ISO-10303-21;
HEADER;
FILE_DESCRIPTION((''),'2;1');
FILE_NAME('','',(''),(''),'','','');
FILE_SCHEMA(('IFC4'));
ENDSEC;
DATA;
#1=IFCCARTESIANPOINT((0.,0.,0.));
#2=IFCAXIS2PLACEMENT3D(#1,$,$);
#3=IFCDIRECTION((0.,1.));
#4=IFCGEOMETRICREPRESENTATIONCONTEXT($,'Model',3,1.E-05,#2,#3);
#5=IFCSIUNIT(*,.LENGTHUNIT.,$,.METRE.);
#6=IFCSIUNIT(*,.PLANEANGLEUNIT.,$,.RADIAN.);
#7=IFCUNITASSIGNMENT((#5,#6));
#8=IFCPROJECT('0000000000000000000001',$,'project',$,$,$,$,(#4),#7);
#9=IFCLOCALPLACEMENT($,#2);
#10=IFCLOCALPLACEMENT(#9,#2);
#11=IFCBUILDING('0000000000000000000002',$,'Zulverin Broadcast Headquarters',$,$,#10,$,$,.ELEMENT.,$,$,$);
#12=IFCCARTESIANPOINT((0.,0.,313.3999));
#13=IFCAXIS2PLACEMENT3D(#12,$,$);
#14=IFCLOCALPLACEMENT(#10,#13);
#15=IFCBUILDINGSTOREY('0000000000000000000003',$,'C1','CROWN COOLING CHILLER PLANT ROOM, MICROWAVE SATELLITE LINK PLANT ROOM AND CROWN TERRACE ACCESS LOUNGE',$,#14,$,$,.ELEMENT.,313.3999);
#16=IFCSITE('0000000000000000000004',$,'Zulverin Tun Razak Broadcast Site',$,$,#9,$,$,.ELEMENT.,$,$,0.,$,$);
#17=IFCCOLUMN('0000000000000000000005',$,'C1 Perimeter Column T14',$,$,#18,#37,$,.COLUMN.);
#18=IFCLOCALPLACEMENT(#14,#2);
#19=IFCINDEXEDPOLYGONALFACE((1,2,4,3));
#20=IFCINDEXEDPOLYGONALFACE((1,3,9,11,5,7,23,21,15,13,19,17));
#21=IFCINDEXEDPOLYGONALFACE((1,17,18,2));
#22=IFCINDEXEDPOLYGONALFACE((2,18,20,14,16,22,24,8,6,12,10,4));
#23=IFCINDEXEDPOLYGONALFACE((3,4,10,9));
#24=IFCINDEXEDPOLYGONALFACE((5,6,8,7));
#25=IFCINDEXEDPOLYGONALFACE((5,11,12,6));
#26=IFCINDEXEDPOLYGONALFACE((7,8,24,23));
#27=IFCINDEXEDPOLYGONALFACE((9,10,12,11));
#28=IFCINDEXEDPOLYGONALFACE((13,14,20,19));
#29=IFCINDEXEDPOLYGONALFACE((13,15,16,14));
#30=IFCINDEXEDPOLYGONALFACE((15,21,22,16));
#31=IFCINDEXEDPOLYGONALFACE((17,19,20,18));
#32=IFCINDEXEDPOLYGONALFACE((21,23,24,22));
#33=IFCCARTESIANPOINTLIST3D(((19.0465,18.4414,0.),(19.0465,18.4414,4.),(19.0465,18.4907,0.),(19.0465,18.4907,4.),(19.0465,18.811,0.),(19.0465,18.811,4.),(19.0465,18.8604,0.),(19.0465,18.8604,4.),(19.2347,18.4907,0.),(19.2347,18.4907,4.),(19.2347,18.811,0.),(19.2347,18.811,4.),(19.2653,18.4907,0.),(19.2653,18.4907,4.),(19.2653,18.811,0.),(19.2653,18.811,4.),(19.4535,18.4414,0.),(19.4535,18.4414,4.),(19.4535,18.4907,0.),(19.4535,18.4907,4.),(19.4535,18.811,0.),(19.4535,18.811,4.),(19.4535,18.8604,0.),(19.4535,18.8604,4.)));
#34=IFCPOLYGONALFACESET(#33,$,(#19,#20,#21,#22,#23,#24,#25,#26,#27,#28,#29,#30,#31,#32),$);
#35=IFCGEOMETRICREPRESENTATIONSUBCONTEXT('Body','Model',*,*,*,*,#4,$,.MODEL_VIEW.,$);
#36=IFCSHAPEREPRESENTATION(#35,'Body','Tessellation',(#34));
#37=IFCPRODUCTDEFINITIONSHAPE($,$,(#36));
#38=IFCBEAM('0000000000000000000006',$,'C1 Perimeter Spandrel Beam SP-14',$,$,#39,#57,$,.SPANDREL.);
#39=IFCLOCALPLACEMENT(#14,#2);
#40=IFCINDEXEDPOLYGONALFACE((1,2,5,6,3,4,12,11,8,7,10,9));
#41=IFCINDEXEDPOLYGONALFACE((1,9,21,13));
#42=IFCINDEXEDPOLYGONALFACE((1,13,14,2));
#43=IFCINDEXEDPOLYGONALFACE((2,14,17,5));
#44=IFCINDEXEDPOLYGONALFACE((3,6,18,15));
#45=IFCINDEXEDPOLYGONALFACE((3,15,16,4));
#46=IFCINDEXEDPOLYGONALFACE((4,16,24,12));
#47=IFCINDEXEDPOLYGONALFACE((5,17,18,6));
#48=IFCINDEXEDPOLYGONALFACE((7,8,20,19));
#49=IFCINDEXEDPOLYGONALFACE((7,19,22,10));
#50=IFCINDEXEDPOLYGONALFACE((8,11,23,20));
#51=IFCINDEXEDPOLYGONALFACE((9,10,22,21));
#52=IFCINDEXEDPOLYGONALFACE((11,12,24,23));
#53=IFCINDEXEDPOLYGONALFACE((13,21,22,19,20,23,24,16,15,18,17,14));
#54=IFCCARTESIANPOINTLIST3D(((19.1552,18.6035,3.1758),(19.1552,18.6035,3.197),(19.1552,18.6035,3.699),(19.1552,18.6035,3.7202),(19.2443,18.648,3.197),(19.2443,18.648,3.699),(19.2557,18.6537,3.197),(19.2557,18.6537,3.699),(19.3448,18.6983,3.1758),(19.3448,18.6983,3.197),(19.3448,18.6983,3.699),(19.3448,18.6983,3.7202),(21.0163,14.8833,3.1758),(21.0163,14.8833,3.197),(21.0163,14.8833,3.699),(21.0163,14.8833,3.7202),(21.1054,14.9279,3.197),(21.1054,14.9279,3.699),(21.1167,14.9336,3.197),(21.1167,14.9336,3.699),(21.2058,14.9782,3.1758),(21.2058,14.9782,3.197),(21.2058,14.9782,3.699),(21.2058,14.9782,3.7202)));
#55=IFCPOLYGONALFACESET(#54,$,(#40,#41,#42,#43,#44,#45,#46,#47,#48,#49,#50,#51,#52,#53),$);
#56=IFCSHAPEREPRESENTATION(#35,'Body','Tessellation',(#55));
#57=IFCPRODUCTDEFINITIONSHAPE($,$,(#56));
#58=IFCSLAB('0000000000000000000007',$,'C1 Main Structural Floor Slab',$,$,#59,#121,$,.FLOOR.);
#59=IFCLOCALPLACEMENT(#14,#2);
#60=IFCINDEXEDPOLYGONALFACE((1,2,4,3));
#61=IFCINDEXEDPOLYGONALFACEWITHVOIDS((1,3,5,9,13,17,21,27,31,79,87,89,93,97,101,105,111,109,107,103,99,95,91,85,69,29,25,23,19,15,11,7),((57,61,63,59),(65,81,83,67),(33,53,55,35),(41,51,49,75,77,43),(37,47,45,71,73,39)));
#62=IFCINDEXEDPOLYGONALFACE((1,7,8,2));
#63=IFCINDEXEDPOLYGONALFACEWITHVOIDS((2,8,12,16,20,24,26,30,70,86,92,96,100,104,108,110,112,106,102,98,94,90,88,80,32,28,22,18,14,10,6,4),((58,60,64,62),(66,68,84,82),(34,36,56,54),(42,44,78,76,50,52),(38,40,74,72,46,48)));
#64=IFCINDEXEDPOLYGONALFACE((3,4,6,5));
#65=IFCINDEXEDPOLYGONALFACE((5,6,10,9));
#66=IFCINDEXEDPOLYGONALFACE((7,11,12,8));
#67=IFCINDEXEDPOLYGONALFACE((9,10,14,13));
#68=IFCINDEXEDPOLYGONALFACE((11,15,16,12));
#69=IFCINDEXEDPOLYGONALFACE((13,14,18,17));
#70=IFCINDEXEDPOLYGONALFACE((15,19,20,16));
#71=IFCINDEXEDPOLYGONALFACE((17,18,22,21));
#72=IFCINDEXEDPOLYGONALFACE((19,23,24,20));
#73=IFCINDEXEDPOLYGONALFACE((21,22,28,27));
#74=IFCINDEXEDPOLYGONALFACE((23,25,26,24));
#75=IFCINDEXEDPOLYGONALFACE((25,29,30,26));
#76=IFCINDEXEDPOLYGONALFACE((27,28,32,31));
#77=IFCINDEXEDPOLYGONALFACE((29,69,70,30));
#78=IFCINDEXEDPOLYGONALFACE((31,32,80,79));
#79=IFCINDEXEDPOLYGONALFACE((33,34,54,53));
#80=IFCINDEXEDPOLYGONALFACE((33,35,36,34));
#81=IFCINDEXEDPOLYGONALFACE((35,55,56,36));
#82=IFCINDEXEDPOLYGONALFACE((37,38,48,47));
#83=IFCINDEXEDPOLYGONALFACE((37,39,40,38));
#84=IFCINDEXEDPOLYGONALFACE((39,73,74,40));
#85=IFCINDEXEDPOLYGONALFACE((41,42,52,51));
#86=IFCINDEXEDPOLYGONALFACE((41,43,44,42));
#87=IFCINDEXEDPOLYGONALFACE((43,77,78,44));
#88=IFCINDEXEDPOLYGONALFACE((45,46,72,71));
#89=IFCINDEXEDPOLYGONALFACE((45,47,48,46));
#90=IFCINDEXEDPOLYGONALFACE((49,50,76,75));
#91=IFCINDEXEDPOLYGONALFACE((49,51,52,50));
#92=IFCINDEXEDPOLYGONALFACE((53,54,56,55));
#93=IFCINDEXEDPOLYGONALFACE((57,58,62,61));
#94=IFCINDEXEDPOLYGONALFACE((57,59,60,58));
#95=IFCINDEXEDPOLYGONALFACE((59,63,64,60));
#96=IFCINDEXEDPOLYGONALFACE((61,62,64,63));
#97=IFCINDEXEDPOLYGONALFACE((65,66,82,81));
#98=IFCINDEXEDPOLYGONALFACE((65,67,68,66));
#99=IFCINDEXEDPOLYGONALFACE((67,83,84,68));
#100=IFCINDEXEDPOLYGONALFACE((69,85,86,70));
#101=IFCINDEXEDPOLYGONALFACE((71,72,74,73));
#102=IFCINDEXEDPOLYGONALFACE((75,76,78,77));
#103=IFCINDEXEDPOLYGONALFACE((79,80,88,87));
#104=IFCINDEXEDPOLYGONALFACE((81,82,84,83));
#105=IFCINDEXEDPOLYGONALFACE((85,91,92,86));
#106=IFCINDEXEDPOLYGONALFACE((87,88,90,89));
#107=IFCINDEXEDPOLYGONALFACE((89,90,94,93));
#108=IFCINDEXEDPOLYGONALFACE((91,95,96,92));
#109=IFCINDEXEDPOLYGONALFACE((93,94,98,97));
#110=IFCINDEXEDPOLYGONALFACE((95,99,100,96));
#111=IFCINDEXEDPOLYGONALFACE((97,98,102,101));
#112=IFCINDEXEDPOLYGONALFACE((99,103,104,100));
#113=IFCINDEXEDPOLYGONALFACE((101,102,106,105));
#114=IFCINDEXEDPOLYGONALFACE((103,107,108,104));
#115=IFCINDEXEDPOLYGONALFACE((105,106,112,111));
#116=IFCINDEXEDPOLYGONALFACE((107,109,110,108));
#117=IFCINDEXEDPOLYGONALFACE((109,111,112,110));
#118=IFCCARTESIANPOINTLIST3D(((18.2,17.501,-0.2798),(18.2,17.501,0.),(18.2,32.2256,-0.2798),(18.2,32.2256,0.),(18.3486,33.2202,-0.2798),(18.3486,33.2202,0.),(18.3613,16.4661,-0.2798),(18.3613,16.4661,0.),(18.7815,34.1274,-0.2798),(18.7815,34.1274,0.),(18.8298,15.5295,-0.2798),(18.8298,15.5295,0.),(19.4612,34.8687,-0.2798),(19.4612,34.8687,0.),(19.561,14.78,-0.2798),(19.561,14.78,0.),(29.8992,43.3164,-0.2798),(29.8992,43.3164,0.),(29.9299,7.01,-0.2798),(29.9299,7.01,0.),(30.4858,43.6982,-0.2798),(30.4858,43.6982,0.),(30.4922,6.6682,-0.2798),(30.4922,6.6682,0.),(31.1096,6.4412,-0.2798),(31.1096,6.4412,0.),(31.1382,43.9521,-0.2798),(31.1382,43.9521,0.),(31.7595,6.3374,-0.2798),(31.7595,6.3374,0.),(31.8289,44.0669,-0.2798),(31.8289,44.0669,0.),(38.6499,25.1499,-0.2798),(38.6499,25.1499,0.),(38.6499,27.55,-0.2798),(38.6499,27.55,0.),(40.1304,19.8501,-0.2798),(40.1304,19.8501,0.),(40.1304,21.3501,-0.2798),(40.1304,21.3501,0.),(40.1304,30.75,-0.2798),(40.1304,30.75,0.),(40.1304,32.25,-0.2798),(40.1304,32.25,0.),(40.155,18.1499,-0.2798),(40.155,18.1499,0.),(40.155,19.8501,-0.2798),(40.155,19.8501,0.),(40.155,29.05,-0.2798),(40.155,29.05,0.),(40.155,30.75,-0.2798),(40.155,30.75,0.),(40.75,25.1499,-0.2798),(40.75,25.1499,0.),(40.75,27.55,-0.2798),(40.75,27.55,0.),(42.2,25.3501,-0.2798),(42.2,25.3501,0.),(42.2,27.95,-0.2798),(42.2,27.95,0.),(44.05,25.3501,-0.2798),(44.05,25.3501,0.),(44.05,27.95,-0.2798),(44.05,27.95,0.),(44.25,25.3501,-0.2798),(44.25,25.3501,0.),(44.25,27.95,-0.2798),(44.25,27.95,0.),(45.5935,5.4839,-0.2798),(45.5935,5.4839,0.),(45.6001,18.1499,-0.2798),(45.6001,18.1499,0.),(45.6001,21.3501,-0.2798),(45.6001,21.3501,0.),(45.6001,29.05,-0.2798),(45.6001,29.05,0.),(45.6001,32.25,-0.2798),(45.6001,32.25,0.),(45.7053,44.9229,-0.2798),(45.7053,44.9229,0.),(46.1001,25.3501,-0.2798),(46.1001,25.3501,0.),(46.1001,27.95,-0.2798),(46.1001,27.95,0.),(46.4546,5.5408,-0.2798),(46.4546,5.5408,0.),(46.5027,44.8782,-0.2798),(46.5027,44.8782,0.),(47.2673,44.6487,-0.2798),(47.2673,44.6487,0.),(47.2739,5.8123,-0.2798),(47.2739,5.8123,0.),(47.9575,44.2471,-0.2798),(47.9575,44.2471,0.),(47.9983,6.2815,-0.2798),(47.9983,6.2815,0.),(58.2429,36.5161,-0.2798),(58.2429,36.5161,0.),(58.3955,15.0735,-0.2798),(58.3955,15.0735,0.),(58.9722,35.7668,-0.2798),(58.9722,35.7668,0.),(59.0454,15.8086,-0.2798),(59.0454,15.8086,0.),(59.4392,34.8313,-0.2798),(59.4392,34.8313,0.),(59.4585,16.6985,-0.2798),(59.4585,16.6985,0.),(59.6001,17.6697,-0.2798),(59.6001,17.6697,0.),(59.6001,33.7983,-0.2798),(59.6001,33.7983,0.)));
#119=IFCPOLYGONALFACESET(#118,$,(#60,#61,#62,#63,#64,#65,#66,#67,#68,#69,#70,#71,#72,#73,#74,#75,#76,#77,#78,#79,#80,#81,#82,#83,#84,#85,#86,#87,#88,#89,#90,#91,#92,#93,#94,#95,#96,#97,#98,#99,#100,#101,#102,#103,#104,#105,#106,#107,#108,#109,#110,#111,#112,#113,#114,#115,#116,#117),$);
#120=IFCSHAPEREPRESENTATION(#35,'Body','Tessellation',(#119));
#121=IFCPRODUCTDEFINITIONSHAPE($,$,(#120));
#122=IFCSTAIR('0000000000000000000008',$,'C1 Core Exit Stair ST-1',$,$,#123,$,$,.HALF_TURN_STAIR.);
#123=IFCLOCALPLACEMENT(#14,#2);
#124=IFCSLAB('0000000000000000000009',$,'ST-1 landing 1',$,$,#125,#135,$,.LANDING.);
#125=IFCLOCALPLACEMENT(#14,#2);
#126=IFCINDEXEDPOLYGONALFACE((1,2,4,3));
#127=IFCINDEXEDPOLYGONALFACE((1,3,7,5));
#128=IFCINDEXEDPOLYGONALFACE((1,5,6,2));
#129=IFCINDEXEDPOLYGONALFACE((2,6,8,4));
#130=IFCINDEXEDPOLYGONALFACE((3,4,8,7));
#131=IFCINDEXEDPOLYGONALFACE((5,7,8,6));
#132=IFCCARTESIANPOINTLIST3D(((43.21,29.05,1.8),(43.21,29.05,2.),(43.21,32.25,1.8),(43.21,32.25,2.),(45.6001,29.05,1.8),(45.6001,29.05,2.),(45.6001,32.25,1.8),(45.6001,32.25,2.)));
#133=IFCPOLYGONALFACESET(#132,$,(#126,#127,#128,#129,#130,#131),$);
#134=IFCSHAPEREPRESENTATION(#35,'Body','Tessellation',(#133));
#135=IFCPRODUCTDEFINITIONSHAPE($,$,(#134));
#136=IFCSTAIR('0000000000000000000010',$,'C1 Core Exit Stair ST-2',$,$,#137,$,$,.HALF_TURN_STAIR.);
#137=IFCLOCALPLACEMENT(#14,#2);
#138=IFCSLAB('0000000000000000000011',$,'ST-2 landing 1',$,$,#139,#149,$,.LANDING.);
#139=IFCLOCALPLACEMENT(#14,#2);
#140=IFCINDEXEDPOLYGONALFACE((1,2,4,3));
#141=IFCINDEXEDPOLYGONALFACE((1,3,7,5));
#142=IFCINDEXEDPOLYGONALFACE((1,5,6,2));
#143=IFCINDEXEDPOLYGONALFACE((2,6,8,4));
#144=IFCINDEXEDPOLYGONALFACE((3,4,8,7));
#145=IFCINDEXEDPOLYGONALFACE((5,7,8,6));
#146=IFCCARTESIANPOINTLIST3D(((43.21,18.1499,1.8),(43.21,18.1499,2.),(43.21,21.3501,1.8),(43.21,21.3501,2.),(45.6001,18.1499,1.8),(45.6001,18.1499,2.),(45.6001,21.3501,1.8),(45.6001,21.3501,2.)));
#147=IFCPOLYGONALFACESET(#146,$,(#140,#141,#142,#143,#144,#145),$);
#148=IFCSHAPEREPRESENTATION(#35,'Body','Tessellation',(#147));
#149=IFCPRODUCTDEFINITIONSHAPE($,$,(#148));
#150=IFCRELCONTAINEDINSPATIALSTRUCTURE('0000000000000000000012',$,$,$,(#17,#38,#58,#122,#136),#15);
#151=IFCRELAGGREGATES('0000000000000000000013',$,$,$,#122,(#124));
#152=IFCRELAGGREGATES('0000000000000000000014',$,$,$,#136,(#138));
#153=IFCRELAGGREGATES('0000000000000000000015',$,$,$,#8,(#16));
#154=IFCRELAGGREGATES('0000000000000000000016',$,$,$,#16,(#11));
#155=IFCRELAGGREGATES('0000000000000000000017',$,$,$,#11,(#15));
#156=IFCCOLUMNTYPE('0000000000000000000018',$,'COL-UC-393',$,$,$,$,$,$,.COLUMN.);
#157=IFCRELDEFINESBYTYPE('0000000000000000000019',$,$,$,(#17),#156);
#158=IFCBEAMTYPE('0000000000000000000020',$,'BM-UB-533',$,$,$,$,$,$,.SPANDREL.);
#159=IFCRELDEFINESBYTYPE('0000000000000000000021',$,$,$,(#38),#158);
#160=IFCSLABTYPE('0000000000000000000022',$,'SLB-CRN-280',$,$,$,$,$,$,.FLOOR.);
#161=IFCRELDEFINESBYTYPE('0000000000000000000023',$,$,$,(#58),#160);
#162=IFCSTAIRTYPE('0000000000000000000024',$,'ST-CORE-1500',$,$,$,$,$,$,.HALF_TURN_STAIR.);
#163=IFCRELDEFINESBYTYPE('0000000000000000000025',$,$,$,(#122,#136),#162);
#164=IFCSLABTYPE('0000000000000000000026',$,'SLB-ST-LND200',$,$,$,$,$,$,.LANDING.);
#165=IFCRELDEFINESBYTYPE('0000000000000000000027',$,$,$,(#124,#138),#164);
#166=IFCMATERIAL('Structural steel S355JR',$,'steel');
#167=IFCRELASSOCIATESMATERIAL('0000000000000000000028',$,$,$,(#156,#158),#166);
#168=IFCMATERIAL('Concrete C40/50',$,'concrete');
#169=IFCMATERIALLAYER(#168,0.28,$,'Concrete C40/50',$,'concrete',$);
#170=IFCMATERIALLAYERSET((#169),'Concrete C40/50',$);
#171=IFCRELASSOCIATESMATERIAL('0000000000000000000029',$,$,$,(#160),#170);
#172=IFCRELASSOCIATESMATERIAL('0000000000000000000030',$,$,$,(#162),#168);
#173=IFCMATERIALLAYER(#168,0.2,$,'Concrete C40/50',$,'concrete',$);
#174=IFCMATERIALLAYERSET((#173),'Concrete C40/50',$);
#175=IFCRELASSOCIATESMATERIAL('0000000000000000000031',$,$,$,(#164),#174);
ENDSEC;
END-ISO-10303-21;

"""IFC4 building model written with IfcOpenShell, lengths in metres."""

from ifc_helpers import new_model, si_unit, direction, frame, origin, origin_2d, place, context, subcontext, project, spatial, polyline, i_section, outline, extrude, material, layer, layer_set, material_profile, profile_set, type_object, element, aggregate, save


model = new_model("IFC4")

# Units and contexts
model_context = context("Model", 3, precision=1e-05, world=origin(), true_north=direction((0.0, 1.0)))
body_context = subcontext(model_context, "Body", "Model", "MODEL_VIEW")
ifc_project = project(units=[si_unit("LENGTHUNIT", "METRE"), si_unit("PLANEANGLEUNIT", "RADIAN")], contexts=[model_context])

# Site, building, storey
site_placement = place(None, origin())
site = spatial("IfcSite", under=ifc_project, at=site_placement, Name="Zulverin Tun Razak Broadcast Site", CompositionType="ELEMENT", RefElevation=0.0)
building_placement = place(site_placement, origin())
building = spatial("IfcBuilding", under=site, at=building_placement, Name="Zulverin Broadcast Headquarters", CompositionType="ELEMENT")
storey_placement = place(building_placement, frame((0.0, 0.0, 313.3999)))
storey = spatial("IfcBuildingStorey", under=building, at=storey_placement, Name="C1", Description="CROWN COOLING CHILLER PLANT ROOM, MICROWAVE SATELLITE LINK PLANT ROOM AND CROWN TERRACE ACCESS LOUNGE", CompositionType="ELEMENT", Elevation=313.3999)

# Column
ifc_material_1 = material(Name="Structural steel S355JR", Category="steel")
ifc_material_profile_1 = material_profile(ifc_material_1, i_section(OverallWidth=0.407, OverallDepth=0.4189, WebThickness=0.0305, FlangeThickness=0.0493, at=origin_2d()), Name="Structural steel S355JR", Category="steel")
ifc_profile_set_1 = profile_set([ifc_material_profile_1], Name="Structural steel S355JR")
column_type = type_object("IfcColumnType", Name="COL-UC-393", PredefinedType="COLUMN", material=ifc_profile_set_1)
column_placement = place(storey_placement, frame((19.25, 18.6509, 0.0), z_axis=(0.0, 0.0, 1.0), x_axis=(1.0, 0.0, 0.0)))
element("IfcColumn", 1, at=column_placement, inside=storey, type_object=column_type, Name="C1 Perimeter Column T14", PredefinedType="COLUMN", context=body_context, shape_type="SweptSolid", body=[
    extrude(i_section(OverallWidth=0.407, OverallDepth=0.4189, WebThickness=0.0305, FlangeThickness=0.0493, at=origin_2d()), origin(), (0.0, 0.0, 1.0), 4.0),
])

# Beam
ifc_material_profile_2 = material_profile(ifc_material_1, i_section(OverallWidth=0.2119, OverallDepth=0.5444, WebThickness=0.0127, FlangeThickness=0.0212, at=origin_2d()), Name="Structural steel S355JR", Category="steel")
ifc_profile_set_2 = profile_set([ifc_material_profile_2], Name="Structural steel S355JR")
beam_type = type_object("IfcBeamType", Name="BM-UB-533", PredefinedType="SPANDREL", material=ifc_profile_set_2)
beam_placement = place(storey_placement, frame((19.25, 18.6509, 3.448), z_axis=(0.447401, -0.894333, 0.0), x_axis=(0.894333, 0.447401, 0.0)))
element("IfcBeam", 2, at=beam_placement, inside=storey, type_object=beam_type, Name="C1 Perimeter Spandrel Beam SP-14", PredefinedType="SPANDREL", context=body_context, shape_type="SweptSolid", body=[
    extrude(i_section(OverallWidth=0.2119, OverallDepth=0.5444, WebThickness=0.0127, FlangeThickness=0.0212, at=origin_2d()), origin(), (0.0, 0.0, 1.0), 4.1597),
])

# Slab
ifc_material_2 = material(Name="Concrete C40/50", Category="concrete")
ifc_layer_1 = layer(ifc_material_2, 0.28, Name="Concrete C40/50", Category="concrete")
ifc_layer_set_1 = layer_set([ifc_layer_1], Name="Concrete C40/50")
slab_type_1 = type_object("IfcSlabType", Name="SLB-CRN-280", PredefinedType="FLOOR", material=ifc_layer_set_1)
slab_1_placement = place(storey_placement, frame((0.0, 0.0, -0.2798)))
element("IfcSlab", 3, at=slab_1_placement, inside=storey, type_object=slab_type_1, Name="C1 Main Structural Floor Slab", PredefinedType="FLOOR", context=body_context, shape_type="SweptSolid", body=[
    extrude(outline(polyline([(29.9299, 7.01), (30.4922, 6.6682), (31.1096, 6.4412), (31.7595, 6.3374), (45.5935, 5.4839), (46.4546, 5.5408), (47.2739, 5.8123), (47.9983, 6.2815), (58.3955, 15.0735), (59.0454, 15.8086), (59.4585, 16.6985), (59.6001, 17.6697), (59.6001, 33.7983), (59.4392, 34.8313), (58.9722, 35.7668), (58.2429, 36.5161), (47.9575, 44.2471), (47.2673, 44.6487), (46.5027, 44.8782), (45.7053, 44.9229), (31.8289, 44.0669), (31.1382, 43.9521), (30.4858, 43.6982), (29.8992, 43.3164), (19.4612, 34.8687), (18.7815, 34.1274), (18.3486, 33.2202), (18.2, 32.2256), (18.2, 17.501), (18.3613, 16.4661), (18.8298, 15.5295), (19.561, 14.78), (29.9299, 7.01)]), holes=[polyline([(40.155, 30.75), (40.1304, 30.75), (40.1304, 32.25), (45.6001, 32.25), (45.6001, 29.05), (40.155, 29.05), (40.155, 30.75)]), polyline([(40.155, 19.8501), (40.1304, 19.8501), (40.1304, 21.3501), (45.6001, 21.3501), (45.6001, 18.1499), (40.155, 18.1499), (40.155, 19.8501)]), polyline([(42.2, 25.3501), (44.05, 25.3501), (44.05, 27.95), (42.2, 27.95), (42.2, 25.3501)]), polyline([(44.25, 25.3501), (46.1001, 25.3501), (46.1001, 27.95), (44.25, 27.95), (44.25, 25.3501)]), polyline([(38.6499, 25.1499), (40.75, 25.1499), (40.75, 27.55), (38.6499, 27.55), (38.6499, 25.1499)])]), origin(), (0.0, 0.0, 1.0), 0.2798),
])

# Stairs, slabs
stair_type = type_object("IfcStairType", Name="ST-CORE-1500", PredefinedType="HALF_TURN_STAIR", material=ifc_material_2)
stair_1_placement = place(storey_placement, origin())
stair_1 = element("IfcStair", 4, at=stair_1_placement, inside=storey, type_object=stair_type, Name="C1 Core Exit Stair ST-1", PredefinedType="HALF_TURN_STAIR")
ifc_layer_2 = layer(ifc_material_2, 0.2, Name="Concrete C40/50", Category="concrete")
ifc_layer_set_2 = layer_set([ifc_layer_2], Name="Concrete C40/50")
slab_type_2 = type_object("IfcSlabType", Name="SLB-ST-LND200", PredefinedType="LANDING", material=ifc_layer_set_2)
slab_2_placement = place(storey_placement, frame((0.0, 0.0, 1.8)))
slab_2 = element("IfcSlab", 5, at=slab_2_placement, type_object=slab_type_2, Name="ST-1 landing 1", PredefinedType="LANDING", context=body_context, shape_type="SweptSolid", body=[
    extrude(outline(polyline([(43.21, 29.05), (45.6001, 29.05), (45.6001, 32.25), (43.21, 32.25), (43.21, 29.05)])), origin(), (0.0, 0.0, 1.0), 0.2),
])
aggregate(stair_1, [slab_2])
stair_2_placement = place(storey_placement, origin())
stair_2 = element("IfcStair", 6, at=stair_2_placement, inside=storey, type_object=stair_type, Name="C1 Core Exit Stair ST-2", PredefinedType="HALF_TURN_STAIR")
slab_3_placement = place(storey_placement, frame((0.0, 0.0, 1.8)))
slab_3 = element("IfcSlab", 7, at=slab_3_placement, type_object=slab_type_2, Name="ST-2 landing 1", PredefinedType="LANDING", context=body_context, shape_type="SweptSolid", body=[
    extrude(outline(polyline([(43.21, 18.1499), (45.6001, 18.1499), (45.6001, 21.3501), (43.21, 21.3501), (43.21, 18.1499)])), origin(), (0.0, 0.0, 1.0), 0.2),
])
aggregate(stair_2, [slab_3])

save(model, "model.ifc")
